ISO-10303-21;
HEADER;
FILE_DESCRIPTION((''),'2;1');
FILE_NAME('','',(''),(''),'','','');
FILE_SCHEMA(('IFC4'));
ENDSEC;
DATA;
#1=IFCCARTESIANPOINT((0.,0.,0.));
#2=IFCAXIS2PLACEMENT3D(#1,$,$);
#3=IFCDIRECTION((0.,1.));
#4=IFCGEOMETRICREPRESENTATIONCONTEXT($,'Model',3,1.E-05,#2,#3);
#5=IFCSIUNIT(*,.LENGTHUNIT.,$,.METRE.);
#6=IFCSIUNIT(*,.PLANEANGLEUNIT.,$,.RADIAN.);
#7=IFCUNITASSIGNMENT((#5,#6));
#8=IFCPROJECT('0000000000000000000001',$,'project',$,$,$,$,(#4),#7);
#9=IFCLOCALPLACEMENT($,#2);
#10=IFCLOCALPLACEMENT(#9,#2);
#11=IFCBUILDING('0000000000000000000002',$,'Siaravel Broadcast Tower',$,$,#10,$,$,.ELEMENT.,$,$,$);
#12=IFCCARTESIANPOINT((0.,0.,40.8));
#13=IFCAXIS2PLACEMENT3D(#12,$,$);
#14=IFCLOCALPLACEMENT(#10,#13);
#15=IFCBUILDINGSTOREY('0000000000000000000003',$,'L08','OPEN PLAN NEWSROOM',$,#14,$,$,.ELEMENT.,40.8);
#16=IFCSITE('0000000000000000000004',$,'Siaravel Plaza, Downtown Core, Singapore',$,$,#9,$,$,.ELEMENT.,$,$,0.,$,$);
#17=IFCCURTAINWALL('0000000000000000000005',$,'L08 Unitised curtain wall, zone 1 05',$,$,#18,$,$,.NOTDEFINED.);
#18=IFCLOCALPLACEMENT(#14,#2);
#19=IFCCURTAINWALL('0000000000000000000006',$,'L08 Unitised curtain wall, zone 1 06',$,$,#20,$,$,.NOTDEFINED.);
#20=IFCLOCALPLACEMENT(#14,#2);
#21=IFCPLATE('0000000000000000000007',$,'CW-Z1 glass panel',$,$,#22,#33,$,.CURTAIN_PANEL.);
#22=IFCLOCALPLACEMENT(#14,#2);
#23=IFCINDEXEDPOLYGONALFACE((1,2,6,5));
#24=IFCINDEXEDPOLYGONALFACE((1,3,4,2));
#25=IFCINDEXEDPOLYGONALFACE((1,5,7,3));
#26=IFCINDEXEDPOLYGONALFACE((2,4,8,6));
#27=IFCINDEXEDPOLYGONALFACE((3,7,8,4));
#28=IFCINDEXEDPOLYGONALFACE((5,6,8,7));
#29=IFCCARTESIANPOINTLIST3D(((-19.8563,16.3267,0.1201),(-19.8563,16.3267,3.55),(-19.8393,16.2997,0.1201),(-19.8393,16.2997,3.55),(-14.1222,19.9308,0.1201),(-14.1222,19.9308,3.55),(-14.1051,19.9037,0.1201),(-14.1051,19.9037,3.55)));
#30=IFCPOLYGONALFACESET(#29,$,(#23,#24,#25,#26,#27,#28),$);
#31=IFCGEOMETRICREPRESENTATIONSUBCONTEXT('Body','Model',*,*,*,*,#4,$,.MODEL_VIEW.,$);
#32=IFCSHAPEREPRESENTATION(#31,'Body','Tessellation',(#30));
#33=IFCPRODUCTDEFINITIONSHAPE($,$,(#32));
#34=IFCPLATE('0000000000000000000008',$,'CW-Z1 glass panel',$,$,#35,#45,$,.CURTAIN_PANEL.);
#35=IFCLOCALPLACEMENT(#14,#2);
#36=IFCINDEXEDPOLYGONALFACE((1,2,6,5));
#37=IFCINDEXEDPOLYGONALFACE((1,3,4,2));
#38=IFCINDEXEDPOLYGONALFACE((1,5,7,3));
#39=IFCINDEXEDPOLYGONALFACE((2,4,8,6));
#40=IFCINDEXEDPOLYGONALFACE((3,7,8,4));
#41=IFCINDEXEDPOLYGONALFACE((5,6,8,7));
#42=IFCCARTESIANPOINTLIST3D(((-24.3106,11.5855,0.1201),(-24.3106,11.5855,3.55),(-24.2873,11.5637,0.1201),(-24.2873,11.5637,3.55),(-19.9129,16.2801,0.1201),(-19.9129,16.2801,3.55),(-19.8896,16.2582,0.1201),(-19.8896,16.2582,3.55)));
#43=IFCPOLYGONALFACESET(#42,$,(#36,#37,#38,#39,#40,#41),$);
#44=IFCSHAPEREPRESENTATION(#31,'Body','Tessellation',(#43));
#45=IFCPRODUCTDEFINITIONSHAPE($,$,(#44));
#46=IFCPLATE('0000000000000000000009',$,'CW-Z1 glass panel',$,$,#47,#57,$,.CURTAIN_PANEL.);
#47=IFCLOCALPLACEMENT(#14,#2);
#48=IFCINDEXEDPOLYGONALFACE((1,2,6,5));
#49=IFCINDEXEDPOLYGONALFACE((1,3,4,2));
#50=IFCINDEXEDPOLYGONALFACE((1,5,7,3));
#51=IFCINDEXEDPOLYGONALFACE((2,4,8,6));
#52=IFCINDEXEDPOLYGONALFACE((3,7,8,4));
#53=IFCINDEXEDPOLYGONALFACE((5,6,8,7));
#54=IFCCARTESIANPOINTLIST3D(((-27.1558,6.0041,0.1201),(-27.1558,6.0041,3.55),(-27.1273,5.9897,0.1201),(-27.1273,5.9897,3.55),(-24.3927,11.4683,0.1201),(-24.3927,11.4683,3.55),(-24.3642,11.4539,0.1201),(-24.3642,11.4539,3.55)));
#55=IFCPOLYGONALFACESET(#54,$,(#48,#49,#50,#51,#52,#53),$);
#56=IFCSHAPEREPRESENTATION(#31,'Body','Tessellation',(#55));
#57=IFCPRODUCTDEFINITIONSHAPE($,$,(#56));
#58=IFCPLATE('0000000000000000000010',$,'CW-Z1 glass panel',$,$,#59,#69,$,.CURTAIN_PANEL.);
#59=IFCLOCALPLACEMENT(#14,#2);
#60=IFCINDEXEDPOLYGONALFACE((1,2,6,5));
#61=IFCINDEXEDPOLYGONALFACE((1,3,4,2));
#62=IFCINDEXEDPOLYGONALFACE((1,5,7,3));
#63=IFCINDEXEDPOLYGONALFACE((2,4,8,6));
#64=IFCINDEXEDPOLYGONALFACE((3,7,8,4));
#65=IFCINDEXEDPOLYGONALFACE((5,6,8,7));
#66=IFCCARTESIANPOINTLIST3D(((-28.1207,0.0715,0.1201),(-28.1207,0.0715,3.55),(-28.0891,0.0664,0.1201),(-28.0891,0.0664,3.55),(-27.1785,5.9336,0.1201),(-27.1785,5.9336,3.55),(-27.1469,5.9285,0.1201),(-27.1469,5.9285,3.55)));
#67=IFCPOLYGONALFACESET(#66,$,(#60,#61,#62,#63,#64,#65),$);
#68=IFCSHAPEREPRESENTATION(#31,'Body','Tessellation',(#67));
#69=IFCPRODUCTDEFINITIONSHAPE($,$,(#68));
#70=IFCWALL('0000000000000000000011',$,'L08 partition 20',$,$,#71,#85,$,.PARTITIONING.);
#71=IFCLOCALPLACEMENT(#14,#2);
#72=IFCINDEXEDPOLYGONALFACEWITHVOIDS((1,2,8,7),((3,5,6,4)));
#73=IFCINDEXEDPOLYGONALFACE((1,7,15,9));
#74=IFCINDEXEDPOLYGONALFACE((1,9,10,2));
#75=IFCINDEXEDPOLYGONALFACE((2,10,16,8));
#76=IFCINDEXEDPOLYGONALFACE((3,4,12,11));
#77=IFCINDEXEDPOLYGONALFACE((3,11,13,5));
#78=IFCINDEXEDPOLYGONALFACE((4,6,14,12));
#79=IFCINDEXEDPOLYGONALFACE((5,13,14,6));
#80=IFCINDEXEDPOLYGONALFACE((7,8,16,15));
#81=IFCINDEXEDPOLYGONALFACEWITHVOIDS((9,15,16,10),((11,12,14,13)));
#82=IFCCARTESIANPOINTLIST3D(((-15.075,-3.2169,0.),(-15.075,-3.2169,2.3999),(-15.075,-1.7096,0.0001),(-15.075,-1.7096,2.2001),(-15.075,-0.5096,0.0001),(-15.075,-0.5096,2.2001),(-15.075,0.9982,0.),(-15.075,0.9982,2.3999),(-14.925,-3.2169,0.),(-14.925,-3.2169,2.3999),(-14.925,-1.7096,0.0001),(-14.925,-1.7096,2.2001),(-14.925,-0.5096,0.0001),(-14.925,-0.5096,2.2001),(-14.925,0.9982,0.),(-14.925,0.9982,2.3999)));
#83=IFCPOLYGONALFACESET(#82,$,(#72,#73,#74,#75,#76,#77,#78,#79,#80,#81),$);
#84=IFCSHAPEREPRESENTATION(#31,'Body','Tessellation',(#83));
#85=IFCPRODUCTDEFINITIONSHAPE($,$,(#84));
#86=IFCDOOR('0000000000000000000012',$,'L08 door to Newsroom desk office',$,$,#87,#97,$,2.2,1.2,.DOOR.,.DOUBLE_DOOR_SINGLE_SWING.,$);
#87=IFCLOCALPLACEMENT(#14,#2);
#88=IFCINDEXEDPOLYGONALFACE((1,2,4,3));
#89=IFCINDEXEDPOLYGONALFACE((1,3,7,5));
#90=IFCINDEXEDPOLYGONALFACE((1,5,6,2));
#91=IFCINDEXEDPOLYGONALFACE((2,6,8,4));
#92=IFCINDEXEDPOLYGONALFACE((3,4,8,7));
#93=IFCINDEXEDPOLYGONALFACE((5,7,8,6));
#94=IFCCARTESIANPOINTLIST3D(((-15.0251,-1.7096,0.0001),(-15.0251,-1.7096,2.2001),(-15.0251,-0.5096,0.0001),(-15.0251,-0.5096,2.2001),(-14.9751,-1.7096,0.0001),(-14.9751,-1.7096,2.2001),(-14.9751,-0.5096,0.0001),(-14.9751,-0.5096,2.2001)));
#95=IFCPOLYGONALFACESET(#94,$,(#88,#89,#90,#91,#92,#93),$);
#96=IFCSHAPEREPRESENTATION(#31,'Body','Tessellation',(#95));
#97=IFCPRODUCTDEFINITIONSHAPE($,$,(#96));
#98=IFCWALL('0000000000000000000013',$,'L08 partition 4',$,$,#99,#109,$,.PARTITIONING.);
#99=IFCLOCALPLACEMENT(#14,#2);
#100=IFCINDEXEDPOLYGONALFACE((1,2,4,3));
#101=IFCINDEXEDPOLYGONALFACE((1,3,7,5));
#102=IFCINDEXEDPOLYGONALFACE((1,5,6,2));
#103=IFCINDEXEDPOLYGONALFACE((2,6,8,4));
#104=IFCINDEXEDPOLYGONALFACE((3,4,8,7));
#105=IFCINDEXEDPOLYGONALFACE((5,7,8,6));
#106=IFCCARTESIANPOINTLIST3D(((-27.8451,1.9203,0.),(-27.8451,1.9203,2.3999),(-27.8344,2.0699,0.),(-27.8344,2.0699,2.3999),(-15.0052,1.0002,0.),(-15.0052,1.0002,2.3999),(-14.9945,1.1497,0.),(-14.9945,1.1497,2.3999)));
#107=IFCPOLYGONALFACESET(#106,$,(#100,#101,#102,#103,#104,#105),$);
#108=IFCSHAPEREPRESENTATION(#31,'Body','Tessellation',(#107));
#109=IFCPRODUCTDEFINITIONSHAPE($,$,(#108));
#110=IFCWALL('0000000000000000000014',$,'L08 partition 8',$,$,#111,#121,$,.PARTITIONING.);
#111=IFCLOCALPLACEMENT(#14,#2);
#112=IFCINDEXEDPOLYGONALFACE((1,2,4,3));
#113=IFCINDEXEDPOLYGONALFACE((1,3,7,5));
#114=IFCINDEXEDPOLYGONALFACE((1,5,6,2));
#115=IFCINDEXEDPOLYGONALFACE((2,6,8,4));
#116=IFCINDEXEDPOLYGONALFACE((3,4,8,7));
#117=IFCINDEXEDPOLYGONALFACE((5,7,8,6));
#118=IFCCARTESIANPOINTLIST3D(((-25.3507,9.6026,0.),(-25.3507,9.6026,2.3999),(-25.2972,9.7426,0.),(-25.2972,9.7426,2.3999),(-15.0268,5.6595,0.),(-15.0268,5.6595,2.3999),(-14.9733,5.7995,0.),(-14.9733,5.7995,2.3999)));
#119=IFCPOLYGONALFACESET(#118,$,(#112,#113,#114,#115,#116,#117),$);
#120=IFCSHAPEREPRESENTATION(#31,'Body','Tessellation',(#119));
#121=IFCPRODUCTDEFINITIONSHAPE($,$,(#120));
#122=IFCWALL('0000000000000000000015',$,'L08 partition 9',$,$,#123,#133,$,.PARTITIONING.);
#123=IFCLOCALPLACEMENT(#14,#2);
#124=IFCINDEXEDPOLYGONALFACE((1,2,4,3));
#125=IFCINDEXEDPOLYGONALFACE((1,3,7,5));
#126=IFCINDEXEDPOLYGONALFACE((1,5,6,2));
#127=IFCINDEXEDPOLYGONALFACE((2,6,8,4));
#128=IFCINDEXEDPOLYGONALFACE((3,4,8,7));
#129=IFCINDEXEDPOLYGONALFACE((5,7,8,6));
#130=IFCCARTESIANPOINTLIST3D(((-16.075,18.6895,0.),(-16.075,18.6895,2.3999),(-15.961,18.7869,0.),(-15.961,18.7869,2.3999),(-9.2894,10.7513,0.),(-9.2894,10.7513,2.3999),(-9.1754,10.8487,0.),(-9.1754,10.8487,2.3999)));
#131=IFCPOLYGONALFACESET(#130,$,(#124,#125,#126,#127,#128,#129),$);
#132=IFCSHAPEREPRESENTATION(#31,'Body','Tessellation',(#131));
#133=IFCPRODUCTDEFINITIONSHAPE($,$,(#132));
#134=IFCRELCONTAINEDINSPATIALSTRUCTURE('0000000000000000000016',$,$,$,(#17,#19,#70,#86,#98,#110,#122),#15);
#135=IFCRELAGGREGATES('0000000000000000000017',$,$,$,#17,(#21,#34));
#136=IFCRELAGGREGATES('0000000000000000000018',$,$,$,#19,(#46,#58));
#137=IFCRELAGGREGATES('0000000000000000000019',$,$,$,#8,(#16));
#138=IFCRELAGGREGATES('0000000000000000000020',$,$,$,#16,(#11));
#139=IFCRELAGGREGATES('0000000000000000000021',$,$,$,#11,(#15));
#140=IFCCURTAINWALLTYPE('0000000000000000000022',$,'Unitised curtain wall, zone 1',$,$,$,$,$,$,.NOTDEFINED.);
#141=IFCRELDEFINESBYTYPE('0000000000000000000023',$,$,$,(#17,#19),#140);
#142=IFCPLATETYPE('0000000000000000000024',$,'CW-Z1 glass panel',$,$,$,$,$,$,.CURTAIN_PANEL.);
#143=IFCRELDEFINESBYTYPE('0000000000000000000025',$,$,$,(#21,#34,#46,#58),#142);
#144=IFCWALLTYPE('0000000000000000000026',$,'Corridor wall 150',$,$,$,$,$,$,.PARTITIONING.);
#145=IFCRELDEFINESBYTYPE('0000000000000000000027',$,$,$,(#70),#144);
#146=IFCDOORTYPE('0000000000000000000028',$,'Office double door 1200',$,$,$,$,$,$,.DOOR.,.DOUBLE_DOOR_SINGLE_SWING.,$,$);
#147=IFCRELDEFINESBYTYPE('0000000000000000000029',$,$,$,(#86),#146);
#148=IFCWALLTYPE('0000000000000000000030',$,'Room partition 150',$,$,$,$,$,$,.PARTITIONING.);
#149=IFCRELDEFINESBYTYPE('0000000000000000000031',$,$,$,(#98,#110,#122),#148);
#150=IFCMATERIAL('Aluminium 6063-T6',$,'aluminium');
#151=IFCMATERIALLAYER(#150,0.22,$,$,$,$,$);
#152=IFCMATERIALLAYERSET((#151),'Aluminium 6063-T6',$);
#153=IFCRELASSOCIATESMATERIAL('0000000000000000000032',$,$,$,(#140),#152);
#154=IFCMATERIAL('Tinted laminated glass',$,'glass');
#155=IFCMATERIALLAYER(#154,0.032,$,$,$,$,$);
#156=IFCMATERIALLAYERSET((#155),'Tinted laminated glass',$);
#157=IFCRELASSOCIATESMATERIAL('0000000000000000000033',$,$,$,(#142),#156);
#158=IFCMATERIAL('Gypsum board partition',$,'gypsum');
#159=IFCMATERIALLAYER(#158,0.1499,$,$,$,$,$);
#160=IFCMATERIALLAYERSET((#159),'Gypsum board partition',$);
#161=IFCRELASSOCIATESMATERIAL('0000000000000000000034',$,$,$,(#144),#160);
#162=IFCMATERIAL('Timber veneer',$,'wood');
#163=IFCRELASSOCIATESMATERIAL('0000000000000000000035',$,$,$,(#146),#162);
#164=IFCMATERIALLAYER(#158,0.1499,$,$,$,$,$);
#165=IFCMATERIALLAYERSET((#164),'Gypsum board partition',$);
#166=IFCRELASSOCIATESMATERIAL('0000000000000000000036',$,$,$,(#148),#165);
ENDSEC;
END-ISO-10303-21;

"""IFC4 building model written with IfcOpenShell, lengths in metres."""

from ifc_helpers import new_model, si_unit, direction, frame, frame_2d, origin, origin_2d, place, context, subcontext, project, spatial, rectangle, extrude, material, layer, layer_set, type_object, element, fill, aggregate, save


model = new_model("IFC4")

# Units and contexts
model_context = context("Model", 3, precision=1e-05, world=origin(), true_north=direction((0.0, 1.0)))
body_context = subcontext(model_context, "Body", "Model", "MODEL_VIEW")
ifc_project = project(units=[si_unit("LENGTHUNIT", "METRE"), si_unit("PLANEANGLEUNIT", "RADIAN")], contexts=[model_context])

# Site, building, storey
site_placement = place(None, origin())
site = spatial("IfcSite", under=ifc_project, at=site_placement, Name="Siaravel Plaza, Downtown Core, Singapore", CompositionType="ELEMENT", RefElevation=0.0)
building_placement = place(site_placement, origin())
building = spatial("IfcBuilding", under=site, at=building_placement, Name="Siaravel Broadcast Tower", CompositionType="ELEMENT")
storey_placement = place(building_placement, frame((0.0, 0.0, 40.8)))
storey = spatial("IfcBuildingStorey", under=building, at=storey_placement, Name="L08", Description="OPEN PLAN NEWSROOM", CompositionType="ELEMENT", Elevation=40.8)

# Curtain walls
ifc_material_1 = material(Name="Aluminium 6063-T6", Category="aluminium")
ifc_layer_1 = layer(ifc_material_1, 0.22)
ifc_layer_set_1 = layer_set([ifc_layer_1], Name="Aluminium 6063-T6")
curtain_wall_type = type_object("IfcCurtainWallType", Name="Unitised curtain wall, zone 1", PredefinedType="NOTDEFINED", material=ifc_layer_set_1)
curtain_wall_1_placement = place(storey_placement, origin())
curtain_wall_1 = element("IfcCurtainWall", 1, at=curtain_wall_1_placement, inside=storey, type_object=curtain_wall_type, Name="L08 Unitised curtain wall, zone 1 05", PredefinedType="NOTDEFINED")
curtain_wall_2_placement = place(storey_placement, origin())
curtain_wall_2 = element("IfcCurtainWall", 2, at=curtain_wall_2_placement, inside=storey, type_object=curtain_wall_type, Name="L08 Unitised curtain wall, zone 1 06", PredefinedType="NOTDEFINED")

# Plates
ifc_material_2 = material(Name="Tinted laminated glass", Category="glass")
ifc_layer_2 = layer(ifc_material_2, 0.032)
ifc_layer_set_2 = layer_set([ifc_layer_2], Name="Tinted laminated glass")
plate_type = type_object("IfcPlateType", Name="CW-Z1 glass panel", PredefinedType="CURTAIN_PANEL", material=ifc_layer_set_2)
plate_1_placement = place(storey_placement, frame((-16.9807, 18.1152, 0.1201), z_axis=(0.0, 0.0, 1.0), x_axis=(-0.846651, -0.532149, 0.0)))
plate_1 = element("IfcPlate", 3, at=plate_1_placement, type_object=plate_type, Name="CW-Z1 glass panel", PredefinedType="CURTAIN_PANEL", context=body_context, shape_type="SweptSolid", body=[
    extrude(rectangle(XDim=6.7727, YDim=0.032, at=origin_2d()), origin(), (0.0, 0.0, 1.0), 3.4299),
])
plate_2_placement = place(storey_placement, frame((-22.1001, 13.9219, 0.1201), z_axis=(0.0, 0.0, 1.0), x_axis=(-0.683655, -0.729805, 0.0)))
plate_2 = element("IfcPlate", 4, at=plate_2_placement, type_object=plate_type, Name="CW-Z1 glass panel", PredefinedType="CURTAIN_PANEL", context=body_context, shape_type="SweptSolid", body=[
    extrude(rectangle(XDim=6.4326, YDim=0.032, at=origin_2d()), origin(), (0.0, 0.0, 1.0), 3.4299),
])
aggregate(curtain_wall_1, [plate_1, plate_2])
plate_3_placement = place(storey_placement, frame((-25.76, 8.729, 0.1201), z_axis=(0.0, 0.0, 1.0), x_axis=(-0.451261, -0.892392, 0.0)))
plate_3 = element("IfcPlate", 5, at=plate_3_placement, type_object=plate_type, Name="CW-Z1 glass panel", PredefinedType="CURTAIN_PANEL", context=body_context, shape_type="SweptSolid", body=[
    extrude(rectangle(XDim=6.123, YDim=0.032, at=origin_2d()), origin(), (0.0, 0.0, 1.0), 3.4299),
])
plate_4_placement = place(storey_placement, frame((-27.6338, 3.0, 0.1201), z_axis=(0.0, 0.0, 1.0), x_axis=(-0.158686, -0.987329, 0.0)))
plate_4 = element("IfcPlate", 6, at=plate_4_placement, type_object=plate_type, Name="CW-Z1 glass panel", PredefinedType="CURTAIN_PANEL", context=body_context, shape_type="SweptSolid", body=[
    extrude(rectangle(XDim=5.9373, YDim=0.032, at=origin_2d()), origin(), (0.0, 0.0, 1.0), 3.4299),
])
aggregate(curtain_wall_2, [plate_3, plate_4])

# Wall, opening, door
ifc_material_3 = material(Name="Gypsum board partition", Category="gypsum")
ifc_layer_3 = layer(ifc_material_3, 0.1499)
ifc_layer_set_3 = layer_set([ifc_layer_3], Name="Gypsum board partition")
wall_type_1 = type_object("IfcWallType", Name="Corridor wall 150", PredefinedType="PARTITIONING", material=ifc_layer_set_3)
wall_1_placement = place(storey_placement, frame((-15.0, 0.998, 0.0), z_axis=(0.0, 0.0, 1.0), x_axis=(0.0, -1.0, 0.0)))
wall_1 = element("IfcWall", 7, at=wall_1_placement, inside=storey, type_object=wall_type_1, Name="L08 partition 20", PredefinedType="PARTITIONING", context=body_context, shape_type="SweptSolid", body=[
    extrude(rectangle(XDim=4.2151, YDim=0.1499, at=frame_2d((2.1074, 0.0))), origin(), (0.0, 0.0, 1.0), 2.3999),
])
opening_placement = place(wall_1_placement, frame((1.5076, 0.0, 0.0)))
opening = element("IfcOpeningElement", 8, at=opening_placement, cuts=wall_1, PredefinedType="OPENING", context=body_context, shape_type="SweptSolid", body=[
    extrude(rectangle(XDim=1.2, YDim=2.2, at=frame_2d((0.6001, 1.1001))), frame((0.0, 0.085, 0.0), z_axis=(0.0, -1.0, 0.0), x_axis=(1.0, 0.0, 0.0)), (0.0, 0.0, 1.0), 0.1699),
])
ifc_material_4 = material(Name="Timber veneer", Category="wood")
door_type = type_object("IfcDoorType", Name="Office double door 1200", OperationType="DOUBLE_DOOR_SINGLE_SWING", PredefinedType="DOOR", material=ifc_material_4)
door_placement = place(opening_placement, origin())
door = element("IfcDoor", 9, at=door_placement, inside=storey, type_object=door_type, Name="L08 door to Newsroom desk office", OperationType="DOUBLE_DOOR_SINGLE_SWING", OverallHeight=2.2, OverallWidth=1.2, PredefinedType="DOOR", context=body_context, shape_type="SweptSolid", body=[
    extrude(rectangle(XDim=1.2, YDim=2.2, at=frame_2d((0.6001, 1.1001))), frame((0.0, 0.0249, 0.0), z_axis=(0.0, -1.0, 0.0), x_axis=(1.0, 0.0, 0.0)), (0.0, 0.0, 1.0), 0.05),
])
fill(opening, door)

# Walls
ifc_layer_4 = layer(ifc_material_3, 0.1499)
ifc_layer_set_4 = layer_set([ifc_layer_4], Name="Gypsum board partition")
wall_type_2 = type_object("IfcWallType", Name="Room partition 150", PredefinedType="PARTITIONING", material=ifc_layer_set_4)
wall_2_placement = place(storey_placement, frame((-27.8398, 1.9951, 0.0), z_axis=(0.0, 0.0, 1.0), x_axis=(0.997442, -0.071482, 0.0)))
element("IfcWall", 10, at=wall_2_placement, inside=storey, type_object=wall_type_2, Name="L08 partition 4", PredefinedType="PARTITIONING", context=body_context, shape_type="SweptSolid", body=[
    extrude(rectangle(XDim=12.8728, YDim=0.1499, at=frame_2d((6.4365, 0.0))), origin(), (0.0, 0.0, 1.0), 2.3999),
])
wall_3_placement = place(storey_placement, frame((-25.324, 9.6726, 0.0), z_axis=(0.0, 0.0, 1.0), x_axis=(0.934181, -0.356799, 0.0)))
element("IfcWall", 11, at=wall_3_placement, inside=storey, type_object=wall_type_2, Name="L08 partition 8", PredefinedType="PARTITIONING", context=body_context, shape_type="SweptSolid", body=[
    extrude(rectangle(XDim=11.0513, YDim=0.1499, at=frame_2d((5.5256, 0.0))), origin(), (0.0, 0.0, 1.0), 2.3999),
])
wall_4_placement = place(storey_placement, frame((-16.0181, 18.7383, 0.0), z_axis=(0.0, 0.0, 1.0), x_axis=(0.649767, -0.760134, 0.0)))
element("IfcWall", 12, at=wall_4_placement, inside=storey, type_object=wall_type_2, Name="L08 partition 9", PredefinedType="PARTITIONING", context=body_context, shape_type="SweptSolid", body=[
    extrude(rectangle(XDim=10.4431, YDim=0.1499, at=frame_2d((5.2217, 0.0))), origin(), (0.0, 0.0, 1.0), 2.3999),
])

save(model, "model.ifc")
